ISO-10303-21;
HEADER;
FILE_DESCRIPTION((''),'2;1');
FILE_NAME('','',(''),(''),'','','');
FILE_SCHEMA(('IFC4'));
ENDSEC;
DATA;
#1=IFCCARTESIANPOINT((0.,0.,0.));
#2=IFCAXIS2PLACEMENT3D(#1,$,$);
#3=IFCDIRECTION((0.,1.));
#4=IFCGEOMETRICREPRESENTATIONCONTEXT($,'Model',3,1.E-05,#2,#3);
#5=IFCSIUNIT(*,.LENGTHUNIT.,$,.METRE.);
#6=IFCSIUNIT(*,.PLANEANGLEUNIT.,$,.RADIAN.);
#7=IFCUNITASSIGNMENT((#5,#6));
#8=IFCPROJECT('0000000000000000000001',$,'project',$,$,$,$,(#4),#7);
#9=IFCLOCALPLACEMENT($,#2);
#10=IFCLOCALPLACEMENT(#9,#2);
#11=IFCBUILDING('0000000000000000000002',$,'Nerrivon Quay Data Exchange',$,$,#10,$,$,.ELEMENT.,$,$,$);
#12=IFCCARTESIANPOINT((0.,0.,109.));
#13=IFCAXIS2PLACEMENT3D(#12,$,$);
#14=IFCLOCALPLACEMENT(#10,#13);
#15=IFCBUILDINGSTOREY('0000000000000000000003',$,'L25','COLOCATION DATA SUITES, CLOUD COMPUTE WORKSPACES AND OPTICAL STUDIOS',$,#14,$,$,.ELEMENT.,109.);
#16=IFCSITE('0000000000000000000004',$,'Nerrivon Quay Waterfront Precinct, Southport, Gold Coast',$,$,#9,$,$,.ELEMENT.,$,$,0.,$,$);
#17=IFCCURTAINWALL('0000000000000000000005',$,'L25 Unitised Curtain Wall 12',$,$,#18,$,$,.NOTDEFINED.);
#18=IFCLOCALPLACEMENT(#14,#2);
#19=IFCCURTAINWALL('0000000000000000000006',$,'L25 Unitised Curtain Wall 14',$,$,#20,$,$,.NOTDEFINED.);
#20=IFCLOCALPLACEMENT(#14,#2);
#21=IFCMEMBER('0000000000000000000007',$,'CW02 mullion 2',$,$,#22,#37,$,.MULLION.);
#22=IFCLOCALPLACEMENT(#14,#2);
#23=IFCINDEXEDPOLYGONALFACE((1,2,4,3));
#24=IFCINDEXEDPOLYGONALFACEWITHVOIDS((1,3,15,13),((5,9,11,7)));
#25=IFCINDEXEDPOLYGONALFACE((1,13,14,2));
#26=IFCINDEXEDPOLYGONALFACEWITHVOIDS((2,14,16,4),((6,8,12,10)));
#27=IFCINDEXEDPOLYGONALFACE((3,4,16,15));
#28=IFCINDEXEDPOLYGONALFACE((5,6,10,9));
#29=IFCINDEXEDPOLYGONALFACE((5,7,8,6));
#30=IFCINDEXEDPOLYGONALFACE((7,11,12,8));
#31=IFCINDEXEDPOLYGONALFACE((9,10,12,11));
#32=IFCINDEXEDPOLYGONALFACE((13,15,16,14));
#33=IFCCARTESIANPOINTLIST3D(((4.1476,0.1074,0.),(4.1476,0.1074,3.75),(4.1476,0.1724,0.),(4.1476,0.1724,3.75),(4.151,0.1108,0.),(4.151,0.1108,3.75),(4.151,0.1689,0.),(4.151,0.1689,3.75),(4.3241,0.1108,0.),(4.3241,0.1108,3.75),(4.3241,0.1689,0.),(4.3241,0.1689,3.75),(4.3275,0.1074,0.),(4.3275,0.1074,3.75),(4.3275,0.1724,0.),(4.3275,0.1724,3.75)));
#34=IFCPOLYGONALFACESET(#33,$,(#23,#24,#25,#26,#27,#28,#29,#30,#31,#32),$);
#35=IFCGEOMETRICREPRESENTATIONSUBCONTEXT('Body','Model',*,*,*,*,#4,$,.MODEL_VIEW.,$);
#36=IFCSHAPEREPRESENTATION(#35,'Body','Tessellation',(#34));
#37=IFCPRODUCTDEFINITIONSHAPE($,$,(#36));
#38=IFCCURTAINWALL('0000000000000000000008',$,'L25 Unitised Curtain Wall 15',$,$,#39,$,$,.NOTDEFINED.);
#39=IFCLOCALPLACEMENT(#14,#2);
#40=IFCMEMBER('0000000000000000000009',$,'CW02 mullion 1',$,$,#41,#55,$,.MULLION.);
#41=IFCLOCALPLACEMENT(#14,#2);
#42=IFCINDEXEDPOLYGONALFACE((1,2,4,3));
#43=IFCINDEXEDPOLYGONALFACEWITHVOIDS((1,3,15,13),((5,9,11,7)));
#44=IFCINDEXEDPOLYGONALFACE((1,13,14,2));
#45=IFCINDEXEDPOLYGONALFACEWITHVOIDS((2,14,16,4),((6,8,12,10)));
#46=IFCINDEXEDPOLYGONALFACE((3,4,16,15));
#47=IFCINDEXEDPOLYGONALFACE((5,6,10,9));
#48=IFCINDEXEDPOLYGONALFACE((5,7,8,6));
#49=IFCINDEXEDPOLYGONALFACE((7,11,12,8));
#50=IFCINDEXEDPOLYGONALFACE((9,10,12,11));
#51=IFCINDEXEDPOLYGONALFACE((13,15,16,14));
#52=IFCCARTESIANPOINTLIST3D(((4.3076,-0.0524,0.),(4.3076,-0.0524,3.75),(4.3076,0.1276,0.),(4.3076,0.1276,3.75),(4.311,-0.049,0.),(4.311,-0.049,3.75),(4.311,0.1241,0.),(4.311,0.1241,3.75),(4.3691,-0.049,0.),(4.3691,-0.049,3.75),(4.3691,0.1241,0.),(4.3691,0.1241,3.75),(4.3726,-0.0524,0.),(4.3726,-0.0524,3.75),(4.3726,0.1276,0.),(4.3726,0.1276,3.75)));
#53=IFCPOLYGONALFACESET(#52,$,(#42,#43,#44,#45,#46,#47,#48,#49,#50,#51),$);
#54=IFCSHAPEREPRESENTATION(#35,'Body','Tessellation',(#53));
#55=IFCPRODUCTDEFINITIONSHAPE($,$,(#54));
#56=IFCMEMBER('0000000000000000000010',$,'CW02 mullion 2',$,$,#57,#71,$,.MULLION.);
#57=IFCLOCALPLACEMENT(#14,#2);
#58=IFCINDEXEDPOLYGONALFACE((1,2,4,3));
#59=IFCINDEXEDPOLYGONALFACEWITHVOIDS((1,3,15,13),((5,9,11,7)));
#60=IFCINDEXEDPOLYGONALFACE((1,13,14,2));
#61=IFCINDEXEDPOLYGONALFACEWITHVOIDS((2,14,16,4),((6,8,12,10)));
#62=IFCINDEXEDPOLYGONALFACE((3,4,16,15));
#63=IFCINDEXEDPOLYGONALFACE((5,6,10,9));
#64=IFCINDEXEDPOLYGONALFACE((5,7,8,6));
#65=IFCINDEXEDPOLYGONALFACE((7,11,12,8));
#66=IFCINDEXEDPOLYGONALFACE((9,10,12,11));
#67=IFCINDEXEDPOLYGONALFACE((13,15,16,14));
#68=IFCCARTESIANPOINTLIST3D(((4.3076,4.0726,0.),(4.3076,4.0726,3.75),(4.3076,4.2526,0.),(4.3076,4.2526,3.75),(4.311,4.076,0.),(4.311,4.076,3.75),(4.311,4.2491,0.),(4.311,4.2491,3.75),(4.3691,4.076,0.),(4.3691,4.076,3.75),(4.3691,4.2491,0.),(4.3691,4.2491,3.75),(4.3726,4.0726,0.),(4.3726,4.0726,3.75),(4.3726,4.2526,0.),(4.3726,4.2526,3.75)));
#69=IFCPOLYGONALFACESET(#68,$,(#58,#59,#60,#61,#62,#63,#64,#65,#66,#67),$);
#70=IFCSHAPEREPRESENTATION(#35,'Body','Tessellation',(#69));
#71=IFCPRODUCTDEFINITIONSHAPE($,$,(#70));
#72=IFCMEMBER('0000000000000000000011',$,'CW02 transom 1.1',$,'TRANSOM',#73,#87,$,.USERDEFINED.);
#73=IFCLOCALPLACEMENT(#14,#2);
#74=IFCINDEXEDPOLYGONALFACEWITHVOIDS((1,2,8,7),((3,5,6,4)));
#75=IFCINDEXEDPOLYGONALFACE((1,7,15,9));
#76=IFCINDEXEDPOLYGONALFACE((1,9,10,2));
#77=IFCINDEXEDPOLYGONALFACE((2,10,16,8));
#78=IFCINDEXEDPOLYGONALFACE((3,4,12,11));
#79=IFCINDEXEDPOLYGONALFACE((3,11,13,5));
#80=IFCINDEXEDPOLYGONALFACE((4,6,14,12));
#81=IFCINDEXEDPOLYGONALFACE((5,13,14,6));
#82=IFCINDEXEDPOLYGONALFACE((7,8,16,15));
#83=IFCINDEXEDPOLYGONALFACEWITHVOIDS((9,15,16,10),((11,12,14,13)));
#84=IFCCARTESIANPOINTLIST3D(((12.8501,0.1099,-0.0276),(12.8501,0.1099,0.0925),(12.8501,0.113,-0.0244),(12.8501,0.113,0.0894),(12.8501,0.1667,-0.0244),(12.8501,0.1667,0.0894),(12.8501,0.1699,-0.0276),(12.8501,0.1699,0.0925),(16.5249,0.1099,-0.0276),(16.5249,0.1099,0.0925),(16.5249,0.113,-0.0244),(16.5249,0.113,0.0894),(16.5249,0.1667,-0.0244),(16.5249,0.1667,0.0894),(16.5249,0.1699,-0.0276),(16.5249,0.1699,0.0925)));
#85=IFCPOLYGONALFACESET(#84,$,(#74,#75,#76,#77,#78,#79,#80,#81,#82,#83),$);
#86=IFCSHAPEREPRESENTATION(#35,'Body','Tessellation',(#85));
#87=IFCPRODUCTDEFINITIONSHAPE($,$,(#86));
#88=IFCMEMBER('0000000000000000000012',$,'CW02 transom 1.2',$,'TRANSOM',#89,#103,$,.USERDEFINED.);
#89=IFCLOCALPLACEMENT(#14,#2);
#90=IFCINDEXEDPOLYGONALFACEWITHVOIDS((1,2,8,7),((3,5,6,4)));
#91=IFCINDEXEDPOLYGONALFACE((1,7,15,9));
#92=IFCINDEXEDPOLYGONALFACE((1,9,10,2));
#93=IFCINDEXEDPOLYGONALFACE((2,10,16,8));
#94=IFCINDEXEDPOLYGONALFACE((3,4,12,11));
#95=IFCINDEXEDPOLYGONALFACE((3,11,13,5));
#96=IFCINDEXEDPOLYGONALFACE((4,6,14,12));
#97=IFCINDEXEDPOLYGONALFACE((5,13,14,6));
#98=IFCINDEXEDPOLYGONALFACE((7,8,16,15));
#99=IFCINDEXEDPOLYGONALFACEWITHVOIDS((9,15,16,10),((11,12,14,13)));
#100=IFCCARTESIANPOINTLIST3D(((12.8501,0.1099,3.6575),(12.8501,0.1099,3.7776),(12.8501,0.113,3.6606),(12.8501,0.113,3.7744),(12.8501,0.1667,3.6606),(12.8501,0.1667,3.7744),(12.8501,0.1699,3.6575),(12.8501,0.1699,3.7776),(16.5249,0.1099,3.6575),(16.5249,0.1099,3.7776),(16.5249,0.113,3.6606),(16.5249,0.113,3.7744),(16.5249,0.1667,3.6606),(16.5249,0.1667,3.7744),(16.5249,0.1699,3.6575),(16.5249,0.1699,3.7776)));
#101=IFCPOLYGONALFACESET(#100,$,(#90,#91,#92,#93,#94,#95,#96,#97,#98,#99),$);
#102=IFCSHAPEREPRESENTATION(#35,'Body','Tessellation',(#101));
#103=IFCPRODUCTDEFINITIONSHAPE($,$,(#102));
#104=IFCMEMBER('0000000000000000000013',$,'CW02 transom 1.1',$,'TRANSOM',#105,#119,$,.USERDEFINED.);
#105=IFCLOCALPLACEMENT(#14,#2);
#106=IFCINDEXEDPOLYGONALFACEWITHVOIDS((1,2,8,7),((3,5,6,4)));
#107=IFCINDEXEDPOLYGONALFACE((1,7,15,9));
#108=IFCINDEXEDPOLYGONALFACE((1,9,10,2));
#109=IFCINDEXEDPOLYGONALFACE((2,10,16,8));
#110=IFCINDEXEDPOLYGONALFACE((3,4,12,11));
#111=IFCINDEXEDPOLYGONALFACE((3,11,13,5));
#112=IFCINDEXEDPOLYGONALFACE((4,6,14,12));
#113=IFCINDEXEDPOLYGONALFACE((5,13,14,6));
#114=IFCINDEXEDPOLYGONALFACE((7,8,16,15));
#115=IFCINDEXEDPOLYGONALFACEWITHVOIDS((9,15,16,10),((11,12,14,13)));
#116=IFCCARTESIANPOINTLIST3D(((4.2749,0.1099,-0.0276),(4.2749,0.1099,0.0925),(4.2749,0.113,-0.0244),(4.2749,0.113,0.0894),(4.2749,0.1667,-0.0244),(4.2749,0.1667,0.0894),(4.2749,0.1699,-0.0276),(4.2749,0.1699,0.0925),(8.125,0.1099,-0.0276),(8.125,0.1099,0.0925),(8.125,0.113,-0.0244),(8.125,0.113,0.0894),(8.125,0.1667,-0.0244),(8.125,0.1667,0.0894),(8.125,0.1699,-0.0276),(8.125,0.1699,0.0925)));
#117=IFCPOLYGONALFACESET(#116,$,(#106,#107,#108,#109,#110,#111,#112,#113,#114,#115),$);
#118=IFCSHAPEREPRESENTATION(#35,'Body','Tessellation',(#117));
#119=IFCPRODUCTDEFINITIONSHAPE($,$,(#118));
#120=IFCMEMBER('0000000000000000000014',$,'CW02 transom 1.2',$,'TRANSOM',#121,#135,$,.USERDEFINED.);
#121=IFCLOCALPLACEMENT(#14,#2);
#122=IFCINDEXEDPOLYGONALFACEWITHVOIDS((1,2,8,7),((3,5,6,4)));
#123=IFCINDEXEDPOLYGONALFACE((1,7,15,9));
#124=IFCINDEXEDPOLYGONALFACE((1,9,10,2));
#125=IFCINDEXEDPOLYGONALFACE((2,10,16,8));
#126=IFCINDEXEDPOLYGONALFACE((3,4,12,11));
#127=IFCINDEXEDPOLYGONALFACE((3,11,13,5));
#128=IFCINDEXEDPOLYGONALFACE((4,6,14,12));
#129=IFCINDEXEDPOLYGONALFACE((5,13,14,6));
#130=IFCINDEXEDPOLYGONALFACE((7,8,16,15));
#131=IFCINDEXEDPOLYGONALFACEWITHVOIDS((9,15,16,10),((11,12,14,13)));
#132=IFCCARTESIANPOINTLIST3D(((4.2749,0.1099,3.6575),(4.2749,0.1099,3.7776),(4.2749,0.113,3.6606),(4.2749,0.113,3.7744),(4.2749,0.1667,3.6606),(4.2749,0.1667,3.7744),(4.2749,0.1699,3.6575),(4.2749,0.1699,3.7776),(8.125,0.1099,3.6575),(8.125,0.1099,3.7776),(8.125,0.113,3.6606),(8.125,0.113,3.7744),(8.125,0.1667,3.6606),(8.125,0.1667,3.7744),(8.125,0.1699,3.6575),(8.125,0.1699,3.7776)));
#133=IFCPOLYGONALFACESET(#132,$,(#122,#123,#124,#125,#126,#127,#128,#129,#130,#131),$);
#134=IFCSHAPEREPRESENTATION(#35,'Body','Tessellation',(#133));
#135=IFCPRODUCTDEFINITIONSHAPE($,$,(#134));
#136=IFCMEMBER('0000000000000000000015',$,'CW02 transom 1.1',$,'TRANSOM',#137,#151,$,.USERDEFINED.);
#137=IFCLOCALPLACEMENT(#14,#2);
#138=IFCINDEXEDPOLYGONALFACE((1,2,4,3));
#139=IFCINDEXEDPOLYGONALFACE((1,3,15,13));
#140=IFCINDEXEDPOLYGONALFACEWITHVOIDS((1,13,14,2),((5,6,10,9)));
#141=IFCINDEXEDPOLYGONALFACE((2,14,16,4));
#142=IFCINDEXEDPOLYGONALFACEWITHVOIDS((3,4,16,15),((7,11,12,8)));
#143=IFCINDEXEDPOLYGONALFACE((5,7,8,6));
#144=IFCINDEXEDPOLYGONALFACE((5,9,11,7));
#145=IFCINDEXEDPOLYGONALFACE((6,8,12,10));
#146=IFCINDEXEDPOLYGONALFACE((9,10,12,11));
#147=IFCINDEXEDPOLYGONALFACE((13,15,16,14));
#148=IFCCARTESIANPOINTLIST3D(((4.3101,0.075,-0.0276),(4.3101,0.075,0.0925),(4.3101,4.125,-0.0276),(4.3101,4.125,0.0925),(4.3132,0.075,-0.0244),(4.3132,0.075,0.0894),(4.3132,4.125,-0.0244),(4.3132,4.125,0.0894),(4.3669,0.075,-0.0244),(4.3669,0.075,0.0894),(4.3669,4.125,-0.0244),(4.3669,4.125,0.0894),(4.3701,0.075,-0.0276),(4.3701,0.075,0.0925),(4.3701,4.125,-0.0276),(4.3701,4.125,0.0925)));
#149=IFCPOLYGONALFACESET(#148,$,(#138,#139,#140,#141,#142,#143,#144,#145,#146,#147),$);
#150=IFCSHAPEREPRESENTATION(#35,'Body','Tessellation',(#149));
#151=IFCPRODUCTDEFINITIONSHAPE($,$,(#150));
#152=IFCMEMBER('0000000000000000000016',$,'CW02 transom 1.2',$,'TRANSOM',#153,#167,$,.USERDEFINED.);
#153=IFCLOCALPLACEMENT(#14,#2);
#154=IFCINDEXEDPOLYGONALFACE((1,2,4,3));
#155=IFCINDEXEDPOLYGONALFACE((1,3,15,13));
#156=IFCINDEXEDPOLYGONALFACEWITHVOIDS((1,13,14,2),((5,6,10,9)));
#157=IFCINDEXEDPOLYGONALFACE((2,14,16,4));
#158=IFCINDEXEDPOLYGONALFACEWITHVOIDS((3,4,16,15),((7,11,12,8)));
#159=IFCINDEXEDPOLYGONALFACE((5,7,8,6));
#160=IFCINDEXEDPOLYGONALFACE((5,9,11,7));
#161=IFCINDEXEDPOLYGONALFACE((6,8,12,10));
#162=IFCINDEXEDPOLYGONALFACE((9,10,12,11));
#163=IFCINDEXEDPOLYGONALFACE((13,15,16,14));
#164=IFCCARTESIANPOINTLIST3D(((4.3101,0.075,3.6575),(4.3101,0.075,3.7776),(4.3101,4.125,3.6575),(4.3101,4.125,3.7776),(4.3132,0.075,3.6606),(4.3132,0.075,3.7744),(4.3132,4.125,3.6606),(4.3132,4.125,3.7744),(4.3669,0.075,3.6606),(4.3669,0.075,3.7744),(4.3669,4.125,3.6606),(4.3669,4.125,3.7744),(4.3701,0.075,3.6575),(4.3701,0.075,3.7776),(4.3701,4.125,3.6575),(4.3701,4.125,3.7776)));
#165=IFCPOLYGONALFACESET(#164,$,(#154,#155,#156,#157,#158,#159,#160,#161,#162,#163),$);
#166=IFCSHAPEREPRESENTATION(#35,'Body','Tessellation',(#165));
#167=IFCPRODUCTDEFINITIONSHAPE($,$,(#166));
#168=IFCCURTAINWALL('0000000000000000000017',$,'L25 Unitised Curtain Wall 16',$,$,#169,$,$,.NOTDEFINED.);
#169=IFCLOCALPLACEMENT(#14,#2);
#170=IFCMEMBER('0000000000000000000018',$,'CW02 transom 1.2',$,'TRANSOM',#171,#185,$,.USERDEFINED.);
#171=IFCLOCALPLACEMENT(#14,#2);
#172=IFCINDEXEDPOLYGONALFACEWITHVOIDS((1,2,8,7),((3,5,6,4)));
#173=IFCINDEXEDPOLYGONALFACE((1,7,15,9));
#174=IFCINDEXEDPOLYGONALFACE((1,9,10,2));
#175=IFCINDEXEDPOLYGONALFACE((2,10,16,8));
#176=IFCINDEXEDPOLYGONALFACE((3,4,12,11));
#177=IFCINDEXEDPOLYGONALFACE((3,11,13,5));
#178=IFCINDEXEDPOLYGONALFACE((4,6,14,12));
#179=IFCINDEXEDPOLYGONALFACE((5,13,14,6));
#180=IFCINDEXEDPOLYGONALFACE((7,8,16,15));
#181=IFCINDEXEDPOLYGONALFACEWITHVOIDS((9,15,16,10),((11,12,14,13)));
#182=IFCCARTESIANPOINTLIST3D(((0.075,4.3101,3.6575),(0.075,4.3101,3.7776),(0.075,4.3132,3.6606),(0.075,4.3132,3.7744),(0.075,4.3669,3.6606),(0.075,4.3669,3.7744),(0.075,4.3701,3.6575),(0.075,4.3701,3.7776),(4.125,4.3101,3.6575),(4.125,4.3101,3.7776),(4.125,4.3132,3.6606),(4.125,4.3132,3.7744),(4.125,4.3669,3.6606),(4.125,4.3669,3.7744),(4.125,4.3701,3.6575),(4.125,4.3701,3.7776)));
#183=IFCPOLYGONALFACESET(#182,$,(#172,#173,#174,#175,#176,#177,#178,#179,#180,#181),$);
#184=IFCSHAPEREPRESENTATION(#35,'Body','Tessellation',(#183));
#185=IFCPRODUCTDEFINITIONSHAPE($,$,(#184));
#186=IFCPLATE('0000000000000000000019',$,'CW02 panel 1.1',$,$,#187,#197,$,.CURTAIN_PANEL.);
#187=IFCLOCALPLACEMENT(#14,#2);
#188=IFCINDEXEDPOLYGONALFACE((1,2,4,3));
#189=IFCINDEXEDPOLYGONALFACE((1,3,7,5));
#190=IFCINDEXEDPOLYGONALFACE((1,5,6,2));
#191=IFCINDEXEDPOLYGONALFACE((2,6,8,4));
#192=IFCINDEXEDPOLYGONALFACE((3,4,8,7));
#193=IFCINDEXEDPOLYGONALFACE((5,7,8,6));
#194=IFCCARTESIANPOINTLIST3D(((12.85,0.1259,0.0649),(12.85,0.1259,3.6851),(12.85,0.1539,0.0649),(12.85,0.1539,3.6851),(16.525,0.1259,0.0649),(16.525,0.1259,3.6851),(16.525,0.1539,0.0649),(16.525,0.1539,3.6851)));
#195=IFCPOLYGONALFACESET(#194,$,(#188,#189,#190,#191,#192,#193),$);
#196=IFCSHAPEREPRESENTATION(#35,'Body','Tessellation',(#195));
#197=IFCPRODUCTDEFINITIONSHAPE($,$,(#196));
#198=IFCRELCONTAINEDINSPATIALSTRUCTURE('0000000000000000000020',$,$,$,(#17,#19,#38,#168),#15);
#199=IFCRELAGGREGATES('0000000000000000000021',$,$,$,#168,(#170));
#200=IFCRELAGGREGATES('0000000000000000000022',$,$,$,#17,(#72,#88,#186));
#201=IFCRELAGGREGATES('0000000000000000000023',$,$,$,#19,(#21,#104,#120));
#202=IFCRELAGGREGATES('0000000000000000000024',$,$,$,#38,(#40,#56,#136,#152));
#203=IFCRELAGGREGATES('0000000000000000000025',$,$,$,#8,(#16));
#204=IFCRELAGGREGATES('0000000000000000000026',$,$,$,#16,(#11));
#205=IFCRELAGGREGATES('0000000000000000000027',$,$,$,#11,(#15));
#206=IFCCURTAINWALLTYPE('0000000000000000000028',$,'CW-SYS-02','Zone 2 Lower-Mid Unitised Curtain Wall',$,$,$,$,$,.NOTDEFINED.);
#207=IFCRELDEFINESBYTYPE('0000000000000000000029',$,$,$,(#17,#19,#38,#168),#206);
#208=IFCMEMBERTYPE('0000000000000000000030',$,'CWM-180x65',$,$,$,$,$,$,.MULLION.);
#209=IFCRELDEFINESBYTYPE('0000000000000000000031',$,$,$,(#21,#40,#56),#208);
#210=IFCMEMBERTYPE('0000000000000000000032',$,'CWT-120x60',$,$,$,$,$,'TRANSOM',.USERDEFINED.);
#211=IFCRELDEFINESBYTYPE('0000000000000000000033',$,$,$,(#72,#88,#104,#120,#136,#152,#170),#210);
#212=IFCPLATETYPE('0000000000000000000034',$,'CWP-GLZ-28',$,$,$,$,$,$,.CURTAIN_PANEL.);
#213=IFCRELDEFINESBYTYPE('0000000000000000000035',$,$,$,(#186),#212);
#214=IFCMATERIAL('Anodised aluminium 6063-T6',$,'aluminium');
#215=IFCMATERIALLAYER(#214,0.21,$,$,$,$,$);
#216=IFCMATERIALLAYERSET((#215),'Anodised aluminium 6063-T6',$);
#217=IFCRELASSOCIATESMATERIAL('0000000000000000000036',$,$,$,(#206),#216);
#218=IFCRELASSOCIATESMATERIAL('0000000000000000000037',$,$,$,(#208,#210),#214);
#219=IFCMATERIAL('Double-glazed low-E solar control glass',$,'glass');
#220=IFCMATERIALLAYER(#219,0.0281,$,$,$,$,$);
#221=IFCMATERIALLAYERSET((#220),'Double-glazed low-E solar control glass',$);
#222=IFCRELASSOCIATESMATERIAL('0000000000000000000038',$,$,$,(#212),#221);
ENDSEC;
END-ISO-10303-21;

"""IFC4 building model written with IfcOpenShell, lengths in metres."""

from ifc_helpers import new_model, si_unit, direction, frame, origin, origin_2d, place, context, subcontext, project, spatial, rectangle, hollow_rectangle, extrude, material, layer, layer_set, material_profile, profile_set, type_object, element, aggregate, save


model = new_model("IFC4")

# Units and contexts
model_context = context("Model", 3, precision=1e-05, world=origin(), true_north=direction((0.0, 1.0)))
body_context = subcontext(model_context, "Body", "Model", "MODEL_VIEW")
ifc_project = project(units=[si_unit("LENGTHUNIT", "METRE"), si_unit("PLANEANGLEUNIT", "RADIAN")], contexts=[model_context])

# Site, building, storey
site_placement = place(None, origin())
site = spatial("IfcSite", under=ifc_project, at=site_placement, Name="Nerrivon Quay Waterfront Precinct, Southport, Gold Coast", CompositionType="ELEMENT", RefElevation=0.0)
building_placement = place(site_placement, origin())
building = spatial("IfcBuilding", under=site, at=building_placement, Name="Nerrivon Quay Data Exchange", CompositionType="ELEMENT")
storey_placement = place(building_placement, frame((0.0, 0.0, 109.0)))
storey = spatial("IfcBuildingStorey", under=building, at=storey_placement, Name="L25", Description="COLOCATION DATA SUITES, CLOUD COMPUTE WORKSPACES AND OPTICAL STUDIOS", CompositionType="ELEMENT", Elevation=109.0)

# Curtain walls, members
ifc_material_1 = material(Name="Anodised aluminium 6063-T6", Category="aluminium")
ifc_layer_1 = layer(ifc_material_1, 0.21)
ifc_layer_set_1 = layer_set([ifc_layer_1], Name="Anodised aluminium 6063-T6")
curtain_wall_type = type_object("IfcCurtainWallType", Name="CW-SYS-02", Description="Zone 2 Lower-Mid Unitised Curtain Wall", PredefinedType="NOTDEFINED", material=ifc_layer_set_1)
curtain_wall_1_placement = place(storey_placement, origin())
curtain_wall_1 = element("IfcCurtainWall", 1, at=curtain_wall_1_placement, inside=storey, type_object=curtain_wall_type, Name="L25 Unitised Curtain Wall 12", PredefinedType="NOTDEFINED")
ifc_material_profile_1 = material_profile(ifc_material_1, hollow_rectangle(XDim=0.0649, YDim=0.1799, WallThickness=0.0034, at=origin_2d()), Name="ALU-MULL-180x65")
ifc_profile_set_1 = profile_set([ifc_material_profile_1], Name="Anodised aluminium 6063-T6")
member_type_1 = type_object("IfcMemberType", Name="CWM-180x65", PredefinedType="MULLION", material=ifc_profile_set_1)
curtain_wall_2_placement = place(storey_placement, origin())
curtain_wall_2 = element("IfcCurtainWall", 2, at=curtain_wall_2_placement, inside=storey, type_object=curtain_wall_type, Name="L25 Unitised Curtain Wall 14", PredefinedType="NOTDEFINED")
member_1_placement = place(storey_placement, frame((4.2375, 0.1399, 0.0), z_axis=(0.0, 0.0, 1.0), x_axis=(0.0, -1.0, 0.0)))
member_1 = element("IfcMember", 3, at=member_1_placement, type_object=member_type_1, Name="CW02 mullion 2", PredefinedType="MULLION", context=body_context, shape_type="SweptSolid", body=[
    extrude(hollow_rectangle(XDim=0.0649, YDim=0.1799, WallThickness=0.0034, at=origin_2d()), origin(), (0.0, 0.0, 1.0), 3.75),
])
curtain_wall_3_placement = place(storey_placement, origin())
curtain_wall_3 = element("IfcCurtainWall", 4, at=curtain_wall_3_placement, inside=storey, type_object=curtain_wall_type, Name="L25 Unitised Curtain Wall 15", PredefinedType="NOTDEFINED")
member_2_placement = place(storey_placement, frame((4.3401, 0.0376, 0.0), z_axis=(0.0, 0.0, 1.0), x_axis=(-1.0, 0.0, 0.0)))
member_2 = element("IfcMember", 5, at=member_2_placement, type_object=member_type_1, Name="CW02 mullion 1", PredefinedType="MULLION", context=body_context, shape_type="SweptSolid", body=[
    extrude(hollow_rectangle(XDim=0.0649, YDim=0.1799, WallThickness=0.0034, at=origin_2d()), origin(), (0.0, 0.0, 1.0), 3.75),
])
member_3_placement = place(storey_placement, frame((4.3401, 4.1626, 0.0), z_axis=(0.0, 0.0, 1.0), x_axis=(-1.0, 0.0, 0.0)))
member_3 = element("IfcMember", 6, at=member_3_placement, type_object=member_type_1, Name="CW02 mullion 2", PredefinedType="MULLION", context=body_context, shape_type="SweptSolid", body=[
    extrude(hollow_rectangle(XDim=0.0649, YDim=0.1799, WallThickness=0.0034, at=origin_2d()), origin(), (0.0, 0.0, 1.0), 3.75),
])

# Members
ifc_material_profile_2 = material_profile(ifc_material_1, hollow_rectangle(XDim=0.0601, YDim=0.1201, WallThickness=0.0032, at=origin_2d()), Name="ALU-TRAN-120x60")
ifc_profile_set_2 = profile_set([ifc_material_profile_2], Name="Anodised aluminium 6063-T6")
member_type_2 = type_object("IfcMemberType", Name="CWT-120x60", ElementType="TRANSOM", PredefinedType="USERDEFINED", material=ifc_profile_set_2)
member_4_placement = place(storey_placement, frame((16.5249, 0.1399, 0.0325), z_axis=(-1.0, 0.0, 0.0), x_axis=(0.0, -1.0, 0.0)))
member_4 = element("IfcMember", 7, at=member_4_placement, type_object=member_type_2, Name="CW02 transom 1.1", ObjectType="TRANSOM", PredefinedType="USERDEFINED", context=body_context, shape_type="SweptSolid", body=[
    extrude(hollow_rectangle(XDim=0.0601, YDim=0.1201, WallThickness=0.0032, at=origin_2d()), origin(), (0.0, 0.0, 1.0), 3.6748),
])
member_5_placement = place(storey_placement, frame((16.5249, 0.1399, 3.7175), z_axis=(-1.0, 0.0, 0.0), x_axis=(0.0, -1.0, 0.0)))
member_5 = element("IfcMember", 8, at=member_5_placement, type_object=member_type_2, Name="CW02 transom 1.2", ObjectType="TRANSOM", PredefinedType="USERDEFINED", context=body_context, shape_type="SweptSolid", body=[
    extrude(hollow_rectangle(XDim=0.0601, YDim=0.1201, WallThickness=0.0032, at=origin_2d()), origin(), (0.0, 0.0, 1.0), 3.6748),
])
member_6_placement = place(storey_placement, frame((8.125, 0.1399, 0.0325), z_axis=(-1.0, 0.0, 0.0), x_axis=(0.0, -1.0, 0.0)))
member_6 = element("IfcMember", 9, at=member_6_placement, type_object=member_type_2, Name="CW02 transom 1.1", ObjectType="TRANSOM", PredefinedType="USERDEFINED", context=body_context, shape_type="SweptSolid", body=[
    extrude(hollow_rectangle(XDim=0.0601, YDim=0.1201, WallThickness=0.0032, at=origin_2d()), origin(), (0.0, 0.0, 1.0), 3.8501),
])
member_7_placement = place(storey_placement, frame((8.125, 0.1399, 3.7175), z_axis=(-1.0, 0.0, 0.0), x_axis=(0.0, -1.0, 0.0)))
member_7 = element("IfcMember", 10, at=member_7_placement, type_object=member_type_2, Name="CW02 transom 1.2", ObjectType="TRANSOM", PredefinedType="USERDEFINED", context=body_context, shape_type="SweptSolid", body=[
    extrude(hollow_rectangle(XDim=0.0601, YDim=0.1201, WallThickness=0.0032, at=origin_2d()), origin(), (0.0, 0.0, 1.0), 3.8501),
])
member_8_placement = place(storey_placement, frame((4.3401, 0.075, 0.0325), z_axis=(0.0, 1.0, 0.0), x_axis=(-1.0, 0.0, 0.0)))
member_8 = element("IfcMember", 11, at=member_8_placement, type_object=member_type_2, Name="CW02 transom 1.1", ObjectType="TRANSOM", PredefinedType="USERDEFINED", context=body_context, shape_type="SweptSolid", body=[
    extrude(hollow_rectangle(XDim=0.0601, YDim=0.1201, WallThickness=0.0032, at=origin_2d()), origin(), (0.0, 0.0, 1.0), 4.05),
])
member_9_placement = place(storey_placement, frame((4.3401, 0.075, 3.7175), z_axis=(0.0, 1.0, 0.0), x_axis=(-1.0, 0.0, 0.0)))
member_9 = element("IfcMember", 12, at=member_9_placement, type_object=member_type_2, Name="CW02 transom 1.2", ObjectType="TRANSOM", PredefinedType="USERDEFINED", context=body_context, shape_type="SweptSolid", body=[
    extrude(hollow_rectangle(XDim=0.0601, YDim=0.1201, WallThickness=0.0032, at=origin_2d()), origin(), (0.0, 0.0, 1.0), 4.05),
])

# Curtain wall, member
curtain_wall_4_placement = place(storey_placement, origin())
curtain_wall_4 = element("IfcCurtainWall", 13, at=curtain_wall_4_placement, inside=storey, type_object=curtain_wall_type, Name="L25 Unitised Curtain Wall 16", PredefinedType="NOTDEFINED")
member_10_placement = place(storey_placement, frame((4.125, 4.3401, 3.7175), z_axis=(-1.0, 0.0, 0.0), x_axis=(0.0, -1.0, 0.0)))
member_10 = element("IfcMember", 14, at=member_10_placement, type_object=member_type_2, Name="CW02 transom 1.2", ObjectType="TRANSOM", PredefinedType="USERDEFINED", context=body_context, shape_type="SweptSolid", body=[
    extrude(hollow_rectangle(XDim=0.0601, YDim=0.1201, WallThickness=0.0032, at=origin_2d()), origin(), (0.0, 0.0, 1.0), 4.05),
])
aggregate(curtain_wall_4, [member_10])

# Plate
ifc_material_2 = material(Name="Double-glazed low-E solar control glass", Category="glass")
ifc_layer_2 = layer(ifc_material_2, 0.0281)
ifc_layer_set_2 = layer_set([ifc_layer_2], Name="Double-glazed low-E solar control glass")
plate_type = type_object("IfcPlateType", Name="CWP-GLZ-28", PredefinedType="CURTAIN_PANEL", material=ifc_layer_set_2)
plate_1_placement = place(storey_placement, frame((14.6875, 0.1399, 0.0649), z_axis=(0.0, 0.0, 1.0), x_axis=(-1.0, 0.0, 0.0)))
plate_1 = element("IfcPlate", 15, at=plate_1_placement, type_object=plate_type, Name="CW02 panel 1.1", PredefinedType="CURTAIN_PANEL", context=body_context, shape_type="SweptSolid", body=[
    extrude(rectangle(XDim=3.675, YDim=0.0281, at=origin_2d()), origin(), (0.0, 0.0, 1.0), 3.6201),
])
aggregate(curtain_wall_1, [member_4, member_5, plate_1])
aggregate(curtain_wall_2, [member_1, member_6, member_7])
aggregate(curtain_wall_3, [member_2, member_3, member_8, member_9])

save(model, "model.ifc")
